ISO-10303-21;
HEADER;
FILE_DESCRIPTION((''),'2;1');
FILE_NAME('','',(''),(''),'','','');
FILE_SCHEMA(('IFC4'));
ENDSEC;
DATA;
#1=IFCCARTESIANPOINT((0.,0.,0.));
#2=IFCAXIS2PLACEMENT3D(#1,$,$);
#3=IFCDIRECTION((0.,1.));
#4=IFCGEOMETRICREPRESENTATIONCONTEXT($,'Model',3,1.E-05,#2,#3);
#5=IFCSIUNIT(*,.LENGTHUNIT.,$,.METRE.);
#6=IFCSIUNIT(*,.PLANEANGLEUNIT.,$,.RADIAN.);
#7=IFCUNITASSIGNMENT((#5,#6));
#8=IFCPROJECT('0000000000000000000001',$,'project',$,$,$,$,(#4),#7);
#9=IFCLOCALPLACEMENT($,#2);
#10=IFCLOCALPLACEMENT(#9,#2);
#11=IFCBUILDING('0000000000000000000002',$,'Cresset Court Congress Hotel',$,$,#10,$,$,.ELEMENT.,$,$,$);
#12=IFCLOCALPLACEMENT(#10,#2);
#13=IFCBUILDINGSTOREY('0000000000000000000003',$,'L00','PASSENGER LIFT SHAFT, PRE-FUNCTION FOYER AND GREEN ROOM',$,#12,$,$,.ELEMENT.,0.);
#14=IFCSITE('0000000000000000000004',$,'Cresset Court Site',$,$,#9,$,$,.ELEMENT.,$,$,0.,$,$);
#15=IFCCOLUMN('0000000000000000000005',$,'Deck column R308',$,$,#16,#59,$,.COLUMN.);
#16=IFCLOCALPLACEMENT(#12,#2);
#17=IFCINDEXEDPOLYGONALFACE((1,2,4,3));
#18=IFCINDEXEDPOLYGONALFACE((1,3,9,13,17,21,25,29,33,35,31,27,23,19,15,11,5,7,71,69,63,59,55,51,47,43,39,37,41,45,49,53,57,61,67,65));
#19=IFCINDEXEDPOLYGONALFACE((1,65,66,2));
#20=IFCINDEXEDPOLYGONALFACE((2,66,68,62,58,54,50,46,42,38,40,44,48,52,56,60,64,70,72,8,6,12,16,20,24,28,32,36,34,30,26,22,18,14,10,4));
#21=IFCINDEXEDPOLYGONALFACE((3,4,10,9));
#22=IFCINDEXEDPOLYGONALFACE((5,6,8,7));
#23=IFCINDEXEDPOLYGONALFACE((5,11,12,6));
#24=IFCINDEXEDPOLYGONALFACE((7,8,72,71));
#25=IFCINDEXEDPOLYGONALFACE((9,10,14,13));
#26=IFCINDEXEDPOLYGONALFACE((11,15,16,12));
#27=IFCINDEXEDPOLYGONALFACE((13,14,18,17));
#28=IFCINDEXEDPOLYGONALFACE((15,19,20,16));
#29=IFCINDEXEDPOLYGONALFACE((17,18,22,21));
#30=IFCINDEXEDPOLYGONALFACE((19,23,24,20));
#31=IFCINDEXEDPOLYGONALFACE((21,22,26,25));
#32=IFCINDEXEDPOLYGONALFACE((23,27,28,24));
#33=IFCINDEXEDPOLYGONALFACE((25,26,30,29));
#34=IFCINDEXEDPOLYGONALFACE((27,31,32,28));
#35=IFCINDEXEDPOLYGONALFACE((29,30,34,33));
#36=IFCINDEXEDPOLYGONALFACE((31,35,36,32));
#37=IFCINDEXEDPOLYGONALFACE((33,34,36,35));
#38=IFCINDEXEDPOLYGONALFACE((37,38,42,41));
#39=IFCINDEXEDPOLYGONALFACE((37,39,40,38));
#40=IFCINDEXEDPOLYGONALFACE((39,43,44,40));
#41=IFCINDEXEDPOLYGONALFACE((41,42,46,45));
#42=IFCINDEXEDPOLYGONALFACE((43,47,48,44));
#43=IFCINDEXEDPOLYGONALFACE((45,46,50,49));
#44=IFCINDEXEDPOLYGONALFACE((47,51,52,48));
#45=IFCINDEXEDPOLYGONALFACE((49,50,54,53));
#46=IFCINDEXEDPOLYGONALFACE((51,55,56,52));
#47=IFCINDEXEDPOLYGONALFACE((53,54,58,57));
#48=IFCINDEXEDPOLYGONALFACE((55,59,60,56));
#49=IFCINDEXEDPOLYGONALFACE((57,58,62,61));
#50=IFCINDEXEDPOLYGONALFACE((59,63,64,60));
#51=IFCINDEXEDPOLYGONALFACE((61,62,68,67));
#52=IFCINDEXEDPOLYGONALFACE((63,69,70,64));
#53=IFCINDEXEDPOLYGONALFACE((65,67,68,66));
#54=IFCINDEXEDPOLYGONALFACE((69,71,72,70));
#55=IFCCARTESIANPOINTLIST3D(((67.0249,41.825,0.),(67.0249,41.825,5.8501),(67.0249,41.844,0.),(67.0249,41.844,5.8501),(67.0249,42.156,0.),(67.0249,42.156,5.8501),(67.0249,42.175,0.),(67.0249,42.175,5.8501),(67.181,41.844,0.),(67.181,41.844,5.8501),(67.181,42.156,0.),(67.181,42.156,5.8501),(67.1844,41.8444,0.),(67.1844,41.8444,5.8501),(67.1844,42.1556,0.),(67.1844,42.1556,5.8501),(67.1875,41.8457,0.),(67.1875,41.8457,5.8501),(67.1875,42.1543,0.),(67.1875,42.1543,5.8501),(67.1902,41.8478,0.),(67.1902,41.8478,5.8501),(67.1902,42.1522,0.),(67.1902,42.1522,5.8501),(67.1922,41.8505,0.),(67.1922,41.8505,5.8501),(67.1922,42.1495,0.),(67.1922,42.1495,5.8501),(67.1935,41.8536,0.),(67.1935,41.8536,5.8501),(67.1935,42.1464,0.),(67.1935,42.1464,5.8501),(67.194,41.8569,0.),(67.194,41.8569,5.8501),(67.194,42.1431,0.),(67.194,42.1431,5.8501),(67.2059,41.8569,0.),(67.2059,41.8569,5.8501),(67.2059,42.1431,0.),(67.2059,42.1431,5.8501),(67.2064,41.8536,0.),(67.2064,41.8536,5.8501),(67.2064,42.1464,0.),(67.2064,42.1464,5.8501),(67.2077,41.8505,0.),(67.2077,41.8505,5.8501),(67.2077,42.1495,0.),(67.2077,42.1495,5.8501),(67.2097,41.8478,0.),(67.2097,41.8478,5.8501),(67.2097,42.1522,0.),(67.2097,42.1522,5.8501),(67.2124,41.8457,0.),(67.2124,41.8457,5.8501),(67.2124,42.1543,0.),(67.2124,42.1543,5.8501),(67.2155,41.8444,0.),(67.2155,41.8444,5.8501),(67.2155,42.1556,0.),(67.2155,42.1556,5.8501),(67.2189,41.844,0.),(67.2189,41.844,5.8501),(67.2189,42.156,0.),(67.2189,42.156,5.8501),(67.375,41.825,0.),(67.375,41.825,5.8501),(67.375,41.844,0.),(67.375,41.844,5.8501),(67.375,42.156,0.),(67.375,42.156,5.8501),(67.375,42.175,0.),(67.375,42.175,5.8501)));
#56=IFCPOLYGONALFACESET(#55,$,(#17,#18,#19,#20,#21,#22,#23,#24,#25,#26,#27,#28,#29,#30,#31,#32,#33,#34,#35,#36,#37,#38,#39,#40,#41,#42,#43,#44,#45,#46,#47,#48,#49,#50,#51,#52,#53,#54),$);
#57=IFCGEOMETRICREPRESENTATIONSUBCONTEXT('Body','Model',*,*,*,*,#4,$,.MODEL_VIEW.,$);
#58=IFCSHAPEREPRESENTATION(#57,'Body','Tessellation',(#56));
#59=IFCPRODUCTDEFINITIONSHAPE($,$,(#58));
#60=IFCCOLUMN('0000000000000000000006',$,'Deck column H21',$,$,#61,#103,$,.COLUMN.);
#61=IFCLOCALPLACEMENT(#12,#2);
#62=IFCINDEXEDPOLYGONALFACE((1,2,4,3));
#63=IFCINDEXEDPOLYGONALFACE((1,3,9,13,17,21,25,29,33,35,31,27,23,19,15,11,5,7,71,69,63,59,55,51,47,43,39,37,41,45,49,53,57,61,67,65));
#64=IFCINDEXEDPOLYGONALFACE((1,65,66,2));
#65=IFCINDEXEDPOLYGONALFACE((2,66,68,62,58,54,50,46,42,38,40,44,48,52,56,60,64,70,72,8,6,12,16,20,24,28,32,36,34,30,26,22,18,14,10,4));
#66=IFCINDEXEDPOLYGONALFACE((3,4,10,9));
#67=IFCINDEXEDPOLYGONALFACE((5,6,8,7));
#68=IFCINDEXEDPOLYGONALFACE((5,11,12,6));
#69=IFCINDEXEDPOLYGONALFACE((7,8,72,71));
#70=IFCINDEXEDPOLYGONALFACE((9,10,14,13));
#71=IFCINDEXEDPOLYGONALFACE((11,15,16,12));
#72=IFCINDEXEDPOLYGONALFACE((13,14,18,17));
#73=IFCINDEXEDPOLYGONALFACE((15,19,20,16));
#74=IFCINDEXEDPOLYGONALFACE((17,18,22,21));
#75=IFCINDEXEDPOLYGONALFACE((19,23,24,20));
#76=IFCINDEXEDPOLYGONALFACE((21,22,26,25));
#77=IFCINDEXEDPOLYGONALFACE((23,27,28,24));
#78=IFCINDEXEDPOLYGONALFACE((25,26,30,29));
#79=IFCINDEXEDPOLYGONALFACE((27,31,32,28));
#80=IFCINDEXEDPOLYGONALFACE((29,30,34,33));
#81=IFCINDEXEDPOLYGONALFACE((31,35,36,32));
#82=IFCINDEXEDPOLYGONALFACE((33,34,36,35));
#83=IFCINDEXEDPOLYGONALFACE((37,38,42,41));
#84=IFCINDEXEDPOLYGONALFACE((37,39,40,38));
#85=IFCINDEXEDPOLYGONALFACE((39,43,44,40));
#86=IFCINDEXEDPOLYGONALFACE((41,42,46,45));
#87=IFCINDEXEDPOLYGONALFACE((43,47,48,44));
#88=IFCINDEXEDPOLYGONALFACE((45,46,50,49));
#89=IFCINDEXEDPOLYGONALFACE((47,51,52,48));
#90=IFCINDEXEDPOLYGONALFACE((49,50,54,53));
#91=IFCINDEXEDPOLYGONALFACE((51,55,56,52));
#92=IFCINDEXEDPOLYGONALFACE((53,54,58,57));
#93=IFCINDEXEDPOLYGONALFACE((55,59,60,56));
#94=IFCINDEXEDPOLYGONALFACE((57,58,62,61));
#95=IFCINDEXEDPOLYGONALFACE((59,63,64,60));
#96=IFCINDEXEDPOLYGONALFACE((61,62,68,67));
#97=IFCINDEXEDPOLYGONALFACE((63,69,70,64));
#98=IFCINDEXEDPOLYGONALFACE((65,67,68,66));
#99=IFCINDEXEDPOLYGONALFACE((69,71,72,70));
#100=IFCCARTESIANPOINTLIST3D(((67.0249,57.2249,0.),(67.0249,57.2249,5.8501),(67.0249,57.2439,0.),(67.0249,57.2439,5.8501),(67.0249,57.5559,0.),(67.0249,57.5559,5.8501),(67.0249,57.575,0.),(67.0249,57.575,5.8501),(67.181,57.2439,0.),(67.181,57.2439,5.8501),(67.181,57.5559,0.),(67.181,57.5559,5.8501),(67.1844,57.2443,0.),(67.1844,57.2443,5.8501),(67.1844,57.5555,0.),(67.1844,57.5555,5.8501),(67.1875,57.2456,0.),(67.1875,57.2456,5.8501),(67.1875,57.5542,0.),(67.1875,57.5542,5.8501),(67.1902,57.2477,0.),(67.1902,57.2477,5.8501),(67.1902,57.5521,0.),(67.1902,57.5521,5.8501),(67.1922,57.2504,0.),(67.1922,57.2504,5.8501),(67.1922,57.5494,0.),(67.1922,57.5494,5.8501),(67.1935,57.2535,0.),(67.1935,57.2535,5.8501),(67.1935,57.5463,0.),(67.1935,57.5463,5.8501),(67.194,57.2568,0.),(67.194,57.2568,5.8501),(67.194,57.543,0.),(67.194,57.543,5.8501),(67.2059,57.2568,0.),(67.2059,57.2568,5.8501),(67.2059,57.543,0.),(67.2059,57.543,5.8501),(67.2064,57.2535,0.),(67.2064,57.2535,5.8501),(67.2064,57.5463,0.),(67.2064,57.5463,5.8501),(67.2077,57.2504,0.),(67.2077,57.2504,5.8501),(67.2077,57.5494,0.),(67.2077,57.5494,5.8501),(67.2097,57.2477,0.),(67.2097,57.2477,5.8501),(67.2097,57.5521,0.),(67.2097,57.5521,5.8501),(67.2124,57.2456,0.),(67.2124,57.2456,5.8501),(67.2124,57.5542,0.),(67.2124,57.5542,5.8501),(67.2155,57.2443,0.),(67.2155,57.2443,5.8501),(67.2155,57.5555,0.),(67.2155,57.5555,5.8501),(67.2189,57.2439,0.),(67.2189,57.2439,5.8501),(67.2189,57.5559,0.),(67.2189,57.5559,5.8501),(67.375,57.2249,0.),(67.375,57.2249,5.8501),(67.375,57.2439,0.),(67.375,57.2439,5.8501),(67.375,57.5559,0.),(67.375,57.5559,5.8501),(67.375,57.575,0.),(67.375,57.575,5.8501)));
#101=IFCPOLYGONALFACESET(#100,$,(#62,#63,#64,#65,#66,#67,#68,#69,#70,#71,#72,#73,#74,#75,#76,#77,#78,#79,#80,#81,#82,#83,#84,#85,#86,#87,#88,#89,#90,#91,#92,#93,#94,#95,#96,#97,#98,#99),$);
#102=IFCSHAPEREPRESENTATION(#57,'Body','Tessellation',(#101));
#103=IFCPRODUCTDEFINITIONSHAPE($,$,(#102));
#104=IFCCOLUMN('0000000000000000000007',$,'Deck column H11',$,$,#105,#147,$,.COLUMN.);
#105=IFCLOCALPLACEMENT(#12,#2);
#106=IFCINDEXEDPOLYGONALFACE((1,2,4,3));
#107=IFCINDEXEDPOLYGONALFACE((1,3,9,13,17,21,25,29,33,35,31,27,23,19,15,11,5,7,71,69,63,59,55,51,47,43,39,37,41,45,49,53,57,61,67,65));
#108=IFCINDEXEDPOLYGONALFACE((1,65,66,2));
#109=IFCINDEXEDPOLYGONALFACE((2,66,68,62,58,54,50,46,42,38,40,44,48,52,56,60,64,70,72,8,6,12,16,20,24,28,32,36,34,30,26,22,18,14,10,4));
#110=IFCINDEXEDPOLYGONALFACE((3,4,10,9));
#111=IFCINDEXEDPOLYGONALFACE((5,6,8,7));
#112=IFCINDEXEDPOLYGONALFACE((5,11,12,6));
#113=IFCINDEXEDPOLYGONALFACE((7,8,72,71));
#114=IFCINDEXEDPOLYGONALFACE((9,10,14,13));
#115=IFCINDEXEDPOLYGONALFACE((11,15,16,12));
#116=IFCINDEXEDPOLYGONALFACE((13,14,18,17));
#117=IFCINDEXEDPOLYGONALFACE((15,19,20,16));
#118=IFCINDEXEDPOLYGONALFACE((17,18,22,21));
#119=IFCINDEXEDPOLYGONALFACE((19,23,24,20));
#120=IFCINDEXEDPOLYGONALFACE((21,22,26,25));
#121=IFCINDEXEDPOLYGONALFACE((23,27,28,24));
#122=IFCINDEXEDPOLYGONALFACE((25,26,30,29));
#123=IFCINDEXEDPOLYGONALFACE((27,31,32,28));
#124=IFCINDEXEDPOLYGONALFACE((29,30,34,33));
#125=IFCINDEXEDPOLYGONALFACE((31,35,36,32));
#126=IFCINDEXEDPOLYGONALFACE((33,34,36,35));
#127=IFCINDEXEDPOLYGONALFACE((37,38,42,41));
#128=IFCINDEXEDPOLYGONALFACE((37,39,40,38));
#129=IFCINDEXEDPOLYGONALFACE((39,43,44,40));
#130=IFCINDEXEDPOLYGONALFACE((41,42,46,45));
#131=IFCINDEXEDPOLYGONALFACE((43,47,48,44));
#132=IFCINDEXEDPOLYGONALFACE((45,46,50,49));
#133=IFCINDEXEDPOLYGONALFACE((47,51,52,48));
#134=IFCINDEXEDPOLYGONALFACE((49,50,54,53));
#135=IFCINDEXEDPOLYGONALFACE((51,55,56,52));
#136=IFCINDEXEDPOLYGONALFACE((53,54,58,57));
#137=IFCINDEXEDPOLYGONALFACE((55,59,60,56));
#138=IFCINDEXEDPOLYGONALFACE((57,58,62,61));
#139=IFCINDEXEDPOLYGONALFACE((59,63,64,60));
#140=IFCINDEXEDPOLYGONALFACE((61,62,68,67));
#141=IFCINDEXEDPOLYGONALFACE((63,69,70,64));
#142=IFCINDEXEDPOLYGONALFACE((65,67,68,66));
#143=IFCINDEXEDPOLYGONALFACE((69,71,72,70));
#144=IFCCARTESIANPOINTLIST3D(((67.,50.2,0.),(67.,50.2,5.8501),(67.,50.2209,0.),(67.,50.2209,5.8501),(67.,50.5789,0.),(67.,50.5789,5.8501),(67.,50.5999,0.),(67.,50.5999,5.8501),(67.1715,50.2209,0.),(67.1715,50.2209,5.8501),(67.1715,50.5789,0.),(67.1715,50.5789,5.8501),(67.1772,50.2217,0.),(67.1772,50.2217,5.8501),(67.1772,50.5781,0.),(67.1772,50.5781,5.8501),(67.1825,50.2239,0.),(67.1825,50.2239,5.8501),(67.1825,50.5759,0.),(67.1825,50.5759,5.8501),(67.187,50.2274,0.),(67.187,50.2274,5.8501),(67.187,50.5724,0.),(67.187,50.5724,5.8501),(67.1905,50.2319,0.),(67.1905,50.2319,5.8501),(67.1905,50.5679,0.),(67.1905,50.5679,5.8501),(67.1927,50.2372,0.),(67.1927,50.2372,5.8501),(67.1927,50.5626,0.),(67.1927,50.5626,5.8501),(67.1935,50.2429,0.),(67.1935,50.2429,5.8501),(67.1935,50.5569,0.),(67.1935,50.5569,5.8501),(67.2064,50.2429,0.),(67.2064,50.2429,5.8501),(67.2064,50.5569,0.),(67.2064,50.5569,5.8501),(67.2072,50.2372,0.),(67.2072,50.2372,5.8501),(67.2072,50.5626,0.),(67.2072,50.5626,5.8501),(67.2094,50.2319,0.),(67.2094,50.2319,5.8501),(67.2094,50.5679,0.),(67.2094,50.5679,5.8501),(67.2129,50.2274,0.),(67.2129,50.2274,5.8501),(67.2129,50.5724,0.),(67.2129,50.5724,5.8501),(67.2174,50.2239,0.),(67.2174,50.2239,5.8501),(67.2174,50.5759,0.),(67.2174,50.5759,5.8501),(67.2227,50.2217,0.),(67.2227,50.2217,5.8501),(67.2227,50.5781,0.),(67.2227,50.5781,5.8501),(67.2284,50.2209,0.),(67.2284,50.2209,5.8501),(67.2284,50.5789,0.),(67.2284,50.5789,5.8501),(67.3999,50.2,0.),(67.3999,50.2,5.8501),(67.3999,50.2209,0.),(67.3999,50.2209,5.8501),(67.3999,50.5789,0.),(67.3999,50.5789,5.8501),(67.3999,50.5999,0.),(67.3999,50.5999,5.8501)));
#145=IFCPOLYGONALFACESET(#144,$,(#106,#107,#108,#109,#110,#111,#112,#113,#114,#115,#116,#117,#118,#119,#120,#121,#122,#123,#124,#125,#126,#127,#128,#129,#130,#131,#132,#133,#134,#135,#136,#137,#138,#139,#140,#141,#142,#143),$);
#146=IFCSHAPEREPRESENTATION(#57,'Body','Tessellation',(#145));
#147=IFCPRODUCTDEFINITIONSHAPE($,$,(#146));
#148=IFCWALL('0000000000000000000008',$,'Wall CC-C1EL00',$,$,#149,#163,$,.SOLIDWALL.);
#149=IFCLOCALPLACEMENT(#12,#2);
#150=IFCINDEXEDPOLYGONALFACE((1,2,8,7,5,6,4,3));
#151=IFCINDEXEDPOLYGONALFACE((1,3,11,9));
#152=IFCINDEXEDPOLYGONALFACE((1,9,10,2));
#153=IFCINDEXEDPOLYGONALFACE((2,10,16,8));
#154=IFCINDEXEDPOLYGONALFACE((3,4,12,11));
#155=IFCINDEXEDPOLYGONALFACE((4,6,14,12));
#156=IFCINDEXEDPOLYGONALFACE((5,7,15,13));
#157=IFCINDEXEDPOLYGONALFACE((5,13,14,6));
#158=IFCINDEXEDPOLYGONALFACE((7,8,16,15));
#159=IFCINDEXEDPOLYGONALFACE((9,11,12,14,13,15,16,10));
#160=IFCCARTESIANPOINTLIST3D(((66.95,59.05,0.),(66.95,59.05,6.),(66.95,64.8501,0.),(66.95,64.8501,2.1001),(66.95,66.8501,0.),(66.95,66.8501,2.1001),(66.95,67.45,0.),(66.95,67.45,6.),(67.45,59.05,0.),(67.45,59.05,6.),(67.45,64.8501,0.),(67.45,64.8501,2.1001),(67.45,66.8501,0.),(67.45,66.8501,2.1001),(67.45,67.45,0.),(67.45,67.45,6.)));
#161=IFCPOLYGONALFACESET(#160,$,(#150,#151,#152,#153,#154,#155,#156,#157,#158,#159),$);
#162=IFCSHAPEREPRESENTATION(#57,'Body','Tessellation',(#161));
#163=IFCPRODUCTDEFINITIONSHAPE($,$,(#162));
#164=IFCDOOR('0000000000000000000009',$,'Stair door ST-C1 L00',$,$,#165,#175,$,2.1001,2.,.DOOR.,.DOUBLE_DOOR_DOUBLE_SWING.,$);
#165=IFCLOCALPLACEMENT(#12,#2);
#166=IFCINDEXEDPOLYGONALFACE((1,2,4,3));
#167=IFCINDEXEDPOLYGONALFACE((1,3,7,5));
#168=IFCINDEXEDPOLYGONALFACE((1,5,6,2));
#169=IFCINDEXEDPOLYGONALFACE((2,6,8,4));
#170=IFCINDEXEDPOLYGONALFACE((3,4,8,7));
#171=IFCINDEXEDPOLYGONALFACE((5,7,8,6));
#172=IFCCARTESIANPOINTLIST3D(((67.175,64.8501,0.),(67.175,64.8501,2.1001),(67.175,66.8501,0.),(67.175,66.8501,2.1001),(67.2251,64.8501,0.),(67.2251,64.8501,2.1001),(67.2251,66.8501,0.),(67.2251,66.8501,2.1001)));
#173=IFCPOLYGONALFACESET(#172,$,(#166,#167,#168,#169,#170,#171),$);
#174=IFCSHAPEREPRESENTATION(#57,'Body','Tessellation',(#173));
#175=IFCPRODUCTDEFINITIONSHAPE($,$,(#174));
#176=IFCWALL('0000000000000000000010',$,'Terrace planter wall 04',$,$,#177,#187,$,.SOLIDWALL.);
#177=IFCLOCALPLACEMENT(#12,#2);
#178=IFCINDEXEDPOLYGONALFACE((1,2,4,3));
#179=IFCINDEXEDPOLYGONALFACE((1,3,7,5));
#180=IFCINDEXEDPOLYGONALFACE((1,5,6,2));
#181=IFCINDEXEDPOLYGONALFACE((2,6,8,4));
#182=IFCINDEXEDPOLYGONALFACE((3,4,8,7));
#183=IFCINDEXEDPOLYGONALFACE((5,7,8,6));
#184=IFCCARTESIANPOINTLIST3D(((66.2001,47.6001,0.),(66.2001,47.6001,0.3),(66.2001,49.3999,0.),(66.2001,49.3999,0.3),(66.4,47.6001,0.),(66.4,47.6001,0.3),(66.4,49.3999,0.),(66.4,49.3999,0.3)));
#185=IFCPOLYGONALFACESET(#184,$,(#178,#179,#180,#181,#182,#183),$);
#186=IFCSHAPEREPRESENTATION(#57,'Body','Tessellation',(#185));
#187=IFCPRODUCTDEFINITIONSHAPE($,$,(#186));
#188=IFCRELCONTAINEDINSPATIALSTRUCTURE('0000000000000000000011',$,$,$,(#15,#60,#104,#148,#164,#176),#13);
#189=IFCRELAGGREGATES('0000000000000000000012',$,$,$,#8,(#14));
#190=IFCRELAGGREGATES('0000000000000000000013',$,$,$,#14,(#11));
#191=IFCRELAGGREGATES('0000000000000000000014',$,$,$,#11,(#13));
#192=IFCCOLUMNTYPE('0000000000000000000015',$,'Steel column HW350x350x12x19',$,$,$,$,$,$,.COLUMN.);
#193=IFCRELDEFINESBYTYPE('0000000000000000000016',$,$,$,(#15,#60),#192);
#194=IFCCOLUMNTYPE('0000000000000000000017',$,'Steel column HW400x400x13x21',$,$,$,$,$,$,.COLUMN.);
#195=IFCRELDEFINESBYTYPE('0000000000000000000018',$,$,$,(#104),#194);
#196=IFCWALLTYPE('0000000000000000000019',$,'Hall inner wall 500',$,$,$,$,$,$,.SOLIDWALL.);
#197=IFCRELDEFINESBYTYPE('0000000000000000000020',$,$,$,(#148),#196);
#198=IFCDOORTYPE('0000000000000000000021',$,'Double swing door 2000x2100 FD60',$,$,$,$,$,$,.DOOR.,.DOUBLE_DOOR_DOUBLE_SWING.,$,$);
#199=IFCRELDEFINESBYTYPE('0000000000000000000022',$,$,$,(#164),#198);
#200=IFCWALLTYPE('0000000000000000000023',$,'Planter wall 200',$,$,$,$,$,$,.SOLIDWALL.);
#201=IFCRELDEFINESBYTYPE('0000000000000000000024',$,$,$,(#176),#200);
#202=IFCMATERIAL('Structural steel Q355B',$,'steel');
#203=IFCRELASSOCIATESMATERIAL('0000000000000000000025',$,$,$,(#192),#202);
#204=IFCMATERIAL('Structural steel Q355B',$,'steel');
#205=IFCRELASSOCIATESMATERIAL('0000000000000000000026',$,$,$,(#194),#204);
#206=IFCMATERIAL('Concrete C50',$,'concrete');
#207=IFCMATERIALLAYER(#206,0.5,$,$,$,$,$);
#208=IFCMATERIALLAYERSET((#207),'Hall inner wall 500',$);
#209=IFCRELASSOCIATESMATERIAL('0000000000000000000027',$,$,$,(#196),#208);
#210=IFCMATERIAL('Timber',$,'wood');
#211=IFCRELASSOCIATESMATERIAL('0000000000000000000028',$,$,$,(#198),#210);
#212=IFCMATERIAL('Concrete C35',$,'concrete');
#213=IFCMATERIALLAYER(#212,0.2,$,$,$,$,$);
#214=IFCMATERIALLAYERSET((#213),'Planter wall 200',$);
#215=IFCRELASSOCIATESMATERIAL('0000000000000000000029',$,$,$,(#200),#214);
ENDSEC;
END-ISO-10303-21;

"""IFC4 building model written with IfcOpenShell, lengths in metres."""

from ifc_helpers import new_model, si_unit, direction, frame, frame_2d, origin, origin_2d, place, context, subcontext, project, spatial, rectangle, i_section, extrude, material, layer, layer_set, material_profile, profile_set, type_object, element, fill, save


model = new_model("IFC4")

# Units and contexts
model_context = context("Model", 3, precision=1e-05, world=origin(), true_north=direction((0.0, 1.0)))
body_context = subcontext(model_context, "Body", "Model", "MODEL_VIEW")
ifc_project = project(units=[si_unit("LENGTHUNIT", "METRE"), si_unit("PLANEANGLEUNIT", "RADIAN")], contexts=[model_context])

# Site, building, storey
site_placement = place(None, origin())
site = spatial("IfcSite", under=ifc_project, at=site_placement, Name="Cresset Court Site", CompositionType="ELEMENT", RefElevation=0.0)
building_placement = place(site_placement, origin())
building = spatial("IfcBuilding", under=site, at=building_placement, Name="Cresset Court Congress Hotel", CompositionType="ELEMENT")
storey_placement = place(building_placement, origin())
storey = spatial("IfcBuildingStorey", under=building, at=storey_placement, Name="L00", Description="PASSENGER LIFT SHAFT, PRE-FUNCTION FOYER AND GREEN ROOM", CompositionType="ELEMENT", Elevation=0.0)

# Columns
ifc_material_1 = material(Name="Structural steel Q355B", Category="steel")
ifc_material_profile_1 = material_profile(ifc_material_1, i_section(OverallWidth=0.3501, OverallDepth=0.3501, WebThickness=0.012, FlangeThickness=0.019, FilletRadius=0.0129, at=origin_2d()), Name="HW350x350x12x19")
ifc_profile_set_1 = profile_set([ifc_material_profile_1], Name="Structural steel Q355B")
column_type_1 = type_object("IfcColumnType", Name="Steel column HW350x350x12x19", PredefinedType="COLUMN", material=ifc_profile_set_1)
for number, where, z_axis, x_axis, name in (
    (1, (67.2, 42.0, 0.0), (0.0, 0.0, 1.0), (1.0, 0.0, 0.0), "Deck column R308"),
    (2, (67.2, 57.3999, 0.0), (0.0, 0.0, 1.0), (1.0, 0.0, 0.0), "Deck column H21"),
):
    element("IfcColumn", number, at=place(storey_placement, frame(where, z_axis=z_axis, x_axis=x_axis)), inside=storey, type_object=column_type_1, Name=name, PredefinedType="COLUMN", context=body_context, shape_type="SweptSolid", body=[
        extrude(i_section(OverallWidth=0.3501, OverallDepth=0.3501, WebThickness=0.012, FlangeThickness=0.019, FilletRadius=0.0129, at=origin_2d()), origin(), (0.0, 0.0, 1.0), 5.8501),
    ])
ifc_material_2 = material(Name="Structural steel Q355B", Category="steel")
ifc_material_profile_2 = material_profile(ifc_material_2, i_section(OverallWidth=0.3999, OverallDepth=0.3999, WebThickness=0.0129, FlangeThickness=0.021, FilletRadius=0.022, at=origin_2d()), Name="HW400x400x13x21")
ifc_profile_set_2 = profile_set([ifc_material_profile_2], Name="Structural steel Q355B")
column_type_2 = type_object("IfcColumnType", Name="Steel column HW400x400x13x21", PredefinedType="COLUMN", material=ifc_profile_set_2)
column_placement = place(storey_placement, frame((67.2, 50.3999, 0.0), z_axis=(0.0, 0.0, 1.0), x_axis=(1.0, 0.0, 0.0)))
element("IfcColumn", 3, at=column_placement, inside=storey, type_object=column_type_2, Name="Deck column H11", PredefinedType="COLUMN", context=body_context, shape_type="SweptSolid", body=[
    extrude(i_section(OverallWidth=0.3999, OverallDepth=0.3999, WebThickness=0.0129, FlangeThickness=0.021, FilletRadius=0.022, at=origin_2d()), origin(), (0.0, 0.0, 1.0), 5.8501),
])

# Wall, opening, door
ifc_material_3 = material(Name="Concrete C50", Category="concrete")
ifc_layer_1 = layer(ifc_material_3, 0.5)
ifc_layer_set_1 = layer_set([ifc_layer_1], Name="Hall inner wall 500")
wall_type_1 = type_object("IfcWallType", Name="Hall inner wall 500", PredefinedType="SOLIDWALL", material=ifc_layer_set_1)
wall_1_placement = place(storey_placement, frame((67.2, 59.05, 0.0), z_axis=(0.0, 0.0, 1.0), x_axis=(0.0, 1.0, 0.0)))
wall_1 = element("IfcWall", 4, at=wall_1_placement, inside=storey, type_object=wall_type_1, Name="Wall CC-C1EL00", PredefinedType="SOLIDWALL", context=body_context, shape_type="SweptSolid", body=[
    extrude(rectangle(XDim=8.3999, YDim=0.5, at=frame_2d((4.2, 0.0))), origin(), (0.0, 0.0, 1.0), 6.0),
])
opening_placement = place(wall_1_placement, frame((5.8, 0.0, 0.0)))
opening = element("IfcOpeningElement", 5, at=opening_placement, cuts=wall_1, PredefinedType="OPENING", context=body_context, shape_type="SweptSolid", body=[
    extrude(rectangle(XDim=2.0, YDim=2.1001, at=frame_2d((1.0, 1.05))), frame((0.0, 0.26, 0.0), z_axis=(0.0, -1.0, 0.0), x_axis=(1.0, 0.0, 0.0)), (0.0, 0.0, 1.0), 0.52),
])
ifc_material_4 = material(Name="Timber", Category="wood")
door_type = type_object("IfcDoorType", Name="Double swing door 2000x2100 FD60", OperationType="DOUBLE_DOOR_DOUBLE_SWING", PredefinedType="DOOR", material=ifc_material_4)
door_placement = place(opening_placement, origin())
door = element("IfcDoor", 6, at=door_placement, inside=storey, type_object=door_type, Name="Stair door ST-C1 L00", OperationType="DOUBLE_DOOR_DOUBLE_SWING", OverallHeight=2.1001, OverallWidth=2.0, PredefinedType="DOOR", context=body_context, shape_type="SweptSolid", body=[
    extrude(rectangle(XDim=2.0, YDim=2.1001, at=frame_2d((1.0, 1.05))), frame((0.0, 0.0249, 0.0), z_axis=(0.0, -1.0, 0.0), x_axis=(1.0, 0.0, 0.0)), (0.0, 0.0, 1.0), 0.05),
])
fill(opening, door)

# Wall
ifc_material_5 = material(Name="Concrete C35", Category="concrete")
ifc_layer_2 = layer(ifc_material_5, 0.2)
ifc_layer_set_2 = layer_set([ifc_layer_2], Name="Planter wall 200")
wall_type_2 = type_object("IfcWallType", Name="Planter wall 200", PredefinedType="SOLIDWALL", material=ifc_layer_set_2)
wall_2_placement = place(storey_placement, frame((66.3, 47.6001, 0.0), z_axis=(0.0, 0.0, 1.0), x_axis=(0.0, 1.0, 0.0)))
element("IfcWall", 7, at=wall_2_placement, inside=storey, type_object=wall_type_2, Name="Terrace planter wall 04", PredefinedType="SOLIDWALL", context=body_context, shape_type="SweptSolid", body=[
    extrude(rectangle(XDim=1.7998, YDim=0.2, at=frame_2d((0.8999, 0.0))), origin(), (0.0, 0.0, 1.0), 0.3),
])

save(model, "model.ifc")
